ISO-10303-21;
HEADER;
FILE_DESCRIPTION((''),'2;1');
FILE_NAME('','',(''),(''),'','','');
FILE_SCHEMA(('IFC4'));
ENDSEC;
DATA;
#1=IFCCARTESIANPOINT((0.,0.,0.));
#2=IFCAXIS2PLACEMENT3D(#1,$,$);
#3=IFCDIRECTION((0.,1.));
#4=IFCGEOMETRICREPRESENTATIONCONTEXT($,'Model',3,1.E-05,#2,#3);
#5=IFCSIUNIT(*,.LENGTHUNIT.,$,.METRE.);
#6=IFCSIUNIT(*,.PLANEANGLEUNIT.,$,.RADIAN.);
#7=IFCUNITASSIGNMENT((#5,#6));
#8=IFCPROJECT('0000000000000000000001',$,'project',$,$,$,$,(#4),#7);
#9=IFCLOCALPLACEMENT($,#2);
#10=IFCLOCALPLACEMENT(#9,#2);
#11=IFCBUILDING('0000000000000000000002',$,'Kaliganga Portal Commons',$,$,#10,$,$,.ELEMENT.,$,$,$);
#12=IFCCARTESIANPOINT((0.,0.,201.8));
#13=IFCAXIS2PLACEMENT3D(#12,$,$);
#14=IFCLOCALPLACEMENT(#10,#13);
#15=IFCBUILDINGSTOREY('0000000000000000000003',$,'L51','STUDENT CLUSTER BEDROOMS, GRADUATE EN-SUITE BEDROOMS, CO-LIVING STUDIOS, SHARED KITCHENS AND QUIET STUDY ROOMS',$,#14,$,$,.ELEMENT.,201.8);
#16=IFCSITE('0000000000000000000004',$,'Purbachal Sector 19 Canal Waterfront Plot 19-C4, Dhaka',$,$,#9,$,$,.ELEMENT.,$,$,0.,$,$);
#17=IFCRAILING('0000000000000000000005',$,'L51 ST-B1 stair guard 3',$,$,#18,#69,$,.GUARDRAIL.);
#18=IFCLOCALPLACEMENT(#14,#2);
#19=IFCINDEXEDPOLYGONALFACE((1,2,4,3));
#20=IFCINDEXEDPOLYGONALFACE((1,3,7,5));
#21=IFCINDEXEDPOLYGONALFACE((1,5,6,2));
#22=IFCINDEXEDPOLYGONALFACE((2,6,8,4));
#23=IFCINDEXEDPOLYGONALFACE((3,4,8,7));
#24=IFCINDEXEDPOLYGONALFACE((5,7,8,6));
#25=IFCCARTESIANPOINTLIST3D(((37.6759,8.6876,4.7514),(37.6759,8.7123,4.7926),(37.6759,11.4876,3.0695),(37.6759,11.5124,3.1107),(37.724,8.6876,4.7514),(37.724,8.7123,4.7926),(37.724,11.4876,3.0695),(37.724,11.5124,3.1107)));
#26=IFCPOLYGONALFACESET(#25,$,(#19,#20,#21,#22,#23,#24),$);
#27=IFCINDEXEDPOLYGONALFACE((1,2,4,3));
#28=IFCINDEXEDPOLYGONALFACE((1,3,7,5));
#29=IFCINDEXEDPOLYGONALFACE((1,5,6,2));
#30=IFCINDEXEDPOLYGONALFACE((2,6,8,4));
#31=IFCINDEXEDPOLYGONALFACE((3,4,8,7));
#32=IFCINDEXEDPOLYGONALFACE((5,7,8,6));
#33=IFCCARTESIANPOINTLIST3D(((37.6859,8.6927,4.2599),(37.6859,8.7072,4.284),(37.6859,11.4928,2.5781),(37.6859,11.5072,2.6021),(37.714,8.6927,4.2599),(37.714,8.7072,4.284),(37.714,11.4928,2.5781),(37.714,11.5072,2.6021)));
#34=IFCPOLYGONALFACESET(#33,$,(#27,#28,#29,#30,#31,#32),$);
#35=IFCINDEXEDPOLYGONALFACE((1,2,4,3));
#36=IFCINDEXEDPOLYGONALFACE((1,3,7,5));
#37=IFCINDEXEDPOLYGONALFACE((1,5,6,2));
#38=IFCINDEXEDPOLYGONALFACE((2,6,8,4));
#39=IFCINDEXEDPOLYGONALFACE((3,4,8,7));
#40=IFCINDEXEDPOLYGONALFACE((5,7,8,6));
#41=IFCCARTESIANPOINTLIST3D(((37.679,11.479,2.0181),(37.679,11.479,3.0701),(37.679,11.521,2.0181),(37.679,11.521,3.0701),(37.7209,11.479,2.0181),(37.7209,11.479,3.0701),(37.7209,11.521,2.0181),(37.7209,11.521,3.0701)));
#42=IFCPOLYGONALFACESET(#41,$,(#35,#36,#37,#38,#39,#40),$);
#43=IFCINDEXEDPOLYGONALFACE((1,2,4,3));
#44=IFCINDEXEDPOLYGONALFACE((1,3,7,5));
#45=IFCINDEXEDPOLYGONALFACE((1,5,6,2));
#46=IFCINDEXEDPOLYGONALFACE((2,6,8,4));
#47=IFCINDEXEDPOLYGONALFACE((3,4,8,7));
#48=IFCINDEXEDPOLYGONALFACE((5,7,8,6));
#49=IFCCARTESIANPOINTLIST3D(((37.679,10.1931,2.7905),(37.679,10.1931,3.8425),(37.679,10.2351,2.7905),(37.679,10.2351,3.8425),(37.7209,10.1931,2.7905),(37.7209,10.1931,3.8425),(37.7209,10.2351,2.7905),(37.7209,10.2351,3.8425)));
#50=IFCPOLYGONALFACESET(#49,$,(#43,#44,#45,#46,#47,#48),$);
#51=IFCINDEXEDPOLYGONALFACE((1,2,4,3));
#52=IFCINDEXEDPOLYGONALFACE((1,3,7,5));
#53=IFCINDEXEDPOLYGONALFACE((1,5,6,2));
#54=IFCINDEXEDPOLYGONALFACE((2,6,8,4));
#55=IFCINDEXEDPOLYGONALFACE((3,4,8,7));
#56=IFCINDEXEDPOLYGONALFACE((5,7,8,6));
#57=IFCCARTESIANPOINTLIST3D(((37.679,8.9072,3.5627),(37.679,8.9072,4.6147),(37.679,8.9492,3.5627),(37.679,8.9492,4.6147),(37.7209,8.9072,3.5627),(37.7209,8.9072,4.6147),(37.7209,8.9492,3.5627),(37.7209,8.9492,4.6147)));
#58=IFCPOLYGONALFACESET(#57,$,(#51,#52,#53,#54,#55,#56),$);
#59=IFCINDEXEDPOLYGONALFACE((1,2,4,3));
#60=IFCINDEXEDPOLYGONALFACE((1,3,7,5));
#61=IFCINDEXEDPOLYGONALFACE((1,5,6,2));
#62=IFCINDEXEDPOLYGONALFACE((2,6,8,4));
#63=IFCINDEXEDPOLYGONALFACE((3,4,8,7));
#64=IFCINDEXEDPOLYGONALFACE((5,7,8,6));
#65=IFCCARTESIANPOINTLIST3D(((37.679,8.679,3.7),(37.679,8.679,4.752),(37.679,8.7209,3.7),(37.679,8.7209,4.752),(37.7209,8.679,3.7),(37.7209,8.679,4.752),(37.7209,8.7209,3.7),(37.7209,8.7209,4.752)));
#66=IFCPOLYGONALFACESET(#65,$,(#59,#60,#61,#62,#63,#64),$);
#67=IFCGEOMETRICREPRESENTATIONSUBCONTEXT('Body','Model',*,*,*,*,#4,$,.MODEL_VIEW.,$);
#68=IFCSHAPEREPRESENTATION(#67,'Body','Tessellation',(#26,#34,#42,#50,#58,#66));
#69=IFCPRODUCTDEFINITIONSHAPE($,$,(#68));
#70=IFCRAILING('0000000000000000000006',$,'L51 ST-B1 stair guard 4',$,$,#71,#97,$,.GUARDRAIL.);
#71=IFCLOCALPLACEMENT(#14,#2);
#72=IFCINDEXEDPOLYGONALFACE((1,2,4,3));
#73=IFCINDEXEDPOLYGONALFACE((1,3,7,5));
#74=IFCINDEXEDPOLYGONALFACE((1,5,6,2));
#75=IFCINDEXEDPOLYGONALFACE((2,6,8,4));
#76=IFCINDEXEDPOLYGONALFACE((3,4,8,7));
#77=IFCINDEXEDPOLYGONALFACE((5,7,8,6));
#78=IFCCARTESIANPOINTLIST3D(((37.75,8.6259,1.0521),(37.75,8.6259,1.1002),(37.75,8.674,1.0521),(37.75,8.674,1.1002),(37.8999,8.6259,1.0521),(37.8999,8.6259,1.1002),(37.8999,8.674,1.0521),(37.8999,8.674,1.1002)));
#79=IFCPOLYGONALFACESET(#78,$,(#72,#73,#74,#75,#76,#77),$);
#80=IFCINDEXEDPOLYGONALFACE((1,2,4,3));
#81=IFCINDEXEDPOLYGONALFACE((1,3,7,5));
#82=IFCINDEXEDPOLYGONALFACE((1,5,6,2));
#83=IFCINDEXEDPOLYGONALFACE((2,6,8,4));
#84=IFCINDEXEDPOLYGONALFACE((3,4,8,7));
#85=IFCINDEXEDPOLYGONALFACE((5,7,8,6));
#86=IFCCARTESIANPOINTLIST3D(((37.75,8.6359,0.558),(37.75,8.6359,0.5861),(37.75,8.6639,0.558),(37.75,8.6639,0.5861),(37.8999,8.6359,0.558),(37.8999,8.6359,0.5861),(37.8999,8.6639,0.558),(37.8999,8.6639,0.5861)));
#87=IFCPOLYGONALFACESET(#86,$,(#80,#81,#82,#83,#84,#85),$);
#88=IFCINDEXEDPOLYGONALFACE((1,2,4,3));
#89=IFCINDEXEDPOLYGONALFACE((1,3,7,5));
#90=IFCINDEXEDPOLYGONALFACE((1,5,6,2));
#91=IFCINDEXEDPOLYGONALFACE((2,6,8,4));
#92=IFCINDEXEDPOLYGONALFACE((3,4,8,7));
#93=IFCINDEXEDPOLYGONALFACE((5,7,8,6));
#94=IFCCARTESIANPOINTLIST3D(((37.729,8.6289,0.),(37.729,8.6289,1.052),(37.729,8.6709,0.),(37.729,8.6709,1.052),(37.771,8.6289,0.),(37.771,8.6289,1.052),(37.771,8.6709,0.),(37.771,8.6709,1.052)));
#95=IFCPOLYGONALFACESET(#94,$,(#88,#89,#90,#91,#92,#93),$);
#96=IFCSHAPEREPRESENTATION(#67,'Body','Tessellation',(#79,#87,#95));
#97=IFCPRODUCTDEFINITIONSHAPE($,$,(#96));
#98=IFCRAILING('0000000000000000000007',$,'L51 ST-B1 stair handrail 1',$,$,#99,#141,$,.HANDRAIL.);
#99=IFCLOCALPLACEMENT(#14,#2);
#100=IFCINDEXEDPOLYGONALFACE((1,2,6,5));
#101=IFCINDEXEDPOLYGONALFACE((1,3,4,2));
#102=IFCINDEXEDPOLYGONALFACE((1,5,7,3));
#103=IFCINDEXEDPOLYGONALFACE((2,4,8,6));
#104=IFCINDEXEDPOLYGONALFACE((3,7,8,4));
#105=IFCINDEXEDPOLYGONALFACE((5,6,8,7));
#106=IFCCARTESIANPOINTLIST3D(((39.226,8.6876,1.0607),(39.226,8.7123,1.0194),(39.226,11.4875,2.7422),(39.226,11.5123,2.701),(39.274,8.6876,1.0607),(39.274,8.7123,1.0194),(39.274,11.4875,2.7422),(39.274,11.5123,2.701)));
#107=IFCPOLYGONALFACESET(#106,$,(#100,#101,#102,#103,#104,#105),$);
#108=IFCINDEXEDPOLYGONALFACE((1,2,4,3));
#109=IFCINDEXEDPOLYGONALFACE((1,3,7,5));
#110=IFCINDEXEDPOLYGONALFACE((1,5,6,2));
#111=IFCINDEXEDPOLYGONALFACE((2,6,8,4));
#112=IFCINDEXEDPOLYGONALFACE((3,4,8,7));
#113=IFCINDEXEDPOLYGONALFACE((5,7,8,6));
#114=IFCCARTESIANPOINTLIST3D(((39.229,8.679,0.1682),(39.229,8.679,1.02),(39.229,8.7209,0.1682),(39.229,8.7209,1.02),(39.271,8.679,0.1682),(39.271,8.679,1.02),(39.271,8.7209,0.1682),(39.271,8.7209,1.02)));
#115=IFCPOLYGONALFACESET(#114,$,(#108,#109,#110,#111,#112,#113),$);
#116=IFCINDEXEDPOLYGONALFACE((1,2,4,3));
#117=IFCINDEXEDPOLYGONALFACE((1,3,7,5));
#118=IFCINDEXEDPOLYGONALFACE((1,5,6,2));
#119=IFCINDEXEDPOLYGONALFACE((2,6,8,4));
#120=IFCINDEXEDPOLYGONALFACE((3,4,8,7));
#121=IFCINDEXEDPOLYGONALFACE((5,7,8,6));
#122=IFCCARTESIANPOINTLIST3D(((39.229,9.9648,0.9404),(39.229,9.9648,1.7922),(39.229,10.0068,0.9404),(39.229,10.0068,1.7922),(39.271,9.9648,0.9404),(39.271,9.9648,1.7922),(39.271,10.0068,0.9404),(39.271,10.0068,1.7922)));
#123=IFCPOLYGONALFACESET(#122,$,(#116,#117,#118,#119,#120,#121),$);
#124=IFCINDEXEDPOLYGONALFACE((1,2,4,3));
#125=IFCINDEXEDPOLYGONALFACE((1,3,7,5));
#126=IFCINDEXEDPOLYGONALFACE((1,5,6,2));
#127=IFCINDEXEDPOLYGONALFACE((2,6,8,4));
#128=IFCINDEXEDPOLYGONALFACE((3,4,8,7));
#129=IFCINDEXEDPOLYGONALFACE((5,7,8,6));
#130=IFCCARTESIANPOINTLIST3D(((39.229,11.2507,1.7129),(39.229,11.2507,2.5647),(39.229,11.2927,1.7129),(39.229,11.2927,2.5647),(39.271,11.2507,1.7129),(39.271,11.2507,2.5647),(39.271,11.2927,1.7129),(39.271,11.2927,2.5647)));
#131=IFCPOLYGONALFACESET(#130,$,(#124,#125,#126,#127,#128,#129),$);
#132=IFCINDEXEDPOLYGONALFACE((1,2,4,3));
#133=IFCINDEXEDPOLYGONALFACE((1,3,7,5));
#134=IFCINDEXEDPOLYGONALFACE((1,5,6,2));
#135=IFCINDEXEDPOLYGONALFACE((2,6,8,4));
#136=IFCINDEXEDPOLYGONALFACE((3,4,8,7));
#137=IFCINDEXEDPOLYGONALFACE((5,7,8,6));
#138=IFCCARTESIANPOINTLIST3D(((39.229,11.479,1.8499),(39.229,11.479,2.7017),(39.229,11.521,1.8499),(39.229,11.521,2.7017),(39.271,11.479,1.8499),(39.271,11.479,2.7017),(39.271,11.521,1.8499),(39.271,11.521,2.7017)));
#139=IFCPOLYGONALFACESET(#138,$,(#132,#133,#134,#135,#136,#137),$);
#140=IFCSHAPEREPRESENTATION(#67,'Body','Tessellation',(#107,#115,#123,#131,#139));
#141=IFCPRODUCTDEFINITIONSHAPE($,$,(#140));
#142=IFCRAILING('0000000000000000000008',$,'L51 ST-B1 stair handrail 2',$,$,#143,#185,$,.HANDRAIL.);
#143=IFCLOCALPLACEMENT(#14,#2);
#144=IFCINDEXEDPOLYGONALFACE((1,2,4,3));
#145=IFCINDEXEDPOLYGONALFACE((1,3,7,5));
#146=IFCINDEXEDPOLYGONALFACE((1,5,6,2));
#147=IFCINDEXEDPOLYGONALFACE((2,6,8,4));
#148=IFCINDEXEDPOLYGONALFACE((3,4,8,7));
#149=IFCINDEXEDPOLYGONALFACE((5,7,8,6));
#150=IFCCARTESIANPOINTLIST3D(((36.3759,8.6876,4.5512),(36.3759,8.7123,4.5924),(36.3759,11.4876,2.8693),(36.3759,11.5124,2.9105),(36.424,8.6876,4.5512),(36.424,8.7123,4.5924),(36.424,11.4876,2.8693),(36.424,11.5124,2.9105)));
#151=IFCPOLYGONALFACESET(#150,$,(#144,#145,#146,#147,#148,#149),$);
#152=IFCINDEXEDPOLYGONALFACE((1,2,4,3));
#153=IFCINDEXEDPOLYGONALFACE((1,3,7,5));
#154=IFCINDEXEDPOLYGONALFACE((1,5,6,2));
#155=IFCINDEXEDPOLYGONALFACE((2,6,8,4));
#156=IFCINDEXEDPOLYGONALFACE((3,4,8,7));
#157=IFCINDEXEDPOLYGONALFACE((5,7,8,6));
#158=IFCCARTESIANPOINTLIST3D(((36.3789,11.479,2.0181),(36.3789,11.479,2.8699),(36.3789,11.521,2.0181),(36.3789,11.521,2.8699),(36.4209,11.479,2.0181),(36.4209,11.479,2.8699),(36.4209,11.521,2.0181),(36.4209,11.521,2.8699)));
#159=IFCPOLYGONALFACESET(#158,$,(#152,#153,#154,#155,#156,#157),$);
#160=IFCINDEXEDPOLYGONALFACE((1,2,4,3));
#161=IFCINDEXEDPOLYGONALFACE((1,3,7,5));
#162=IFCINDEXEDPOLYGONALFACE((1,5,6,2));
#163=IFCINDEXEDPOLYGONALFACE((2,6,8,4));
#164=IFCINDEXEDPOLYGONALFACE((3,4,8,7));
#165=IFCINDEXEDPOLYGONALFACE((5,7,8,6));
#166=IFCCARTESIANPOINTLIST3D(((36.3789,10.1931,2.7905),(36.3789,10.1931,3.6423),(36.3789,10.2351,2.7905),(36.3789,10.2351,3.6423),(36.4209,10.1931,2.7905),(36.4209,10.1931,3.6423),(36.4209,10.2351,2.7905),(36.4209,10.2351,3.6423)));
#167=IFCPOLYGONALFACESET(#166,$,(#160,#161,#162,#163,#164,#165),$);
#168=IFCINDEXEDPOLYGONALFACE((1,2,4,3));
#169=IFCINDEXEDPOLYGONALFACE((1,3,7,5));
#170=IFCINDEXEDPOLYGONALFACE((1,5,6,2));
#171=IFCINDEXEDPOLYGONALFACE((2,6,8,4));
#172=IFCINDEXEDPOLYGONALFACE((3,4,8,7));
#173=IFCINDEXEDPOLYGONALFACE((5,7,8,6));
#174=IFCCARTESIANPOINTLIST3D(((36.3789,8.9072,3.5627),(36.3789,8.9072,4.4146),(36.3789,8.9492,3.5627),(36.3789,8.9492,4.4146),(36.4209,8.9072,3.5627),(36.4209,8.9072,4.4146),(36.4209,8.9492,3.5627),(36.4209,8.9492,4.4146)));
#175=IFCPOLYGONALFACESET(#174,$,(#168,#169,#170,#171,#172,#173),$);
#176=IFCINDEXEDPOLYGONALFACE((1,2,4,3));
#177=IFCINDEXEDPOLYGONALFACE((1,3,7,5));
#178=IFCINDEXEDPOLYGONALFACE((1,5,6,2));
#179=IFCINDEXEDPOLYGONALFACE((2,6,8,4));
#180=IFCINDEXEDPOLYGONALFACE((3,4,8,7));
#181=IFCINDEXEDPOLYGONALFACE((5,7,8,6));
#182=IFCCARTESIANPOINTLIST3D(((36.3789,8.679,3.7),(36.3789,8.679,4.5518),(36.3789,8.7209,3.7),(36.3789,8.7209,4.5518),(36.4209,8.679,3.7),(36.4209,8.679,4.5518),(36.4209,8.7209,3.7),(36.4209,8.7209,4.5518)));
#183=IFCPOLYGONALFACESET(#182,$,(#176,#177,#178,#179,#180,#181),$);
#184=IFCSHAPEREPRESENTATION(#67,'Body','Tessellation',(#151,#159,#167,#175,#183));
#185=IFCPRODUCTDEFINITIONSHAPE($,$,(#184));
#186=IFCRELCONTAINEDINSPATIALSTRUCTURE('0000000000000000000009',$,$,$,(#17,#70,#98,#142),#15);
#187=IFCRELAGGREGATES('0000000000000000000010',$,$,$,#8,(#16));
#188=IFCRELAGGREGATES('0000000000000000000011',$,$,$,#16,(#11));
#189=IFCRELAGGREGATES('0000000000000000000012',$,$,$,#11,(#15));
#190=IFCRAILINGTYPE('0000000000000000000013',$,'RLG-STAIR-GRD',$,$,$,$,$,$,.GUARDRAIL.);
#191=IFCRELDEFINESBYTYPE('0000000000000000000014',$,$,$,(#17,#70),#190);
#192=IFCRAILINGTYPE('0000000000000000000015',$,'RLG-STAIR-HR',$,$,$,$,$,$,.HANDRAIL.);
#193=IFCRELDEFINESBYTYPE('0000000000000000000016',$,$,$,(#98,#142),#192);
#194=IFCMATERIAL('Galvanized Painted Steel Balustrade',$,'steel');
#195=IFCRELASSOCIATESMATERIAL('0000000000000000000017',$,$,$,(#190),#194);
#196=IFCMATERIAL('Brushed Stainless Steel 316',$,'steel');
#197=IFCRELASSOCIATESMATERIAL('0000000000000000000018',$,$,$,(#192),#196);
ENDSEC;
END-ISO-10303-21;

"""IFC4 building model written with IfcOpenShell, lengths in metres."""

from ifc_helpers import new_model, si_unit, direction, frame, origin, origin_2d, place, context, subcontext, project, spatial, rectangle, extrude, material, type_object, element, save


model = new_model("IFC4")

# Units and contexts
model_context = context("Model", 3, precision=1e-05, world=origin(), true_north=direction((0.0, 1.0)))
body_context = subcontext(model_context, "Body", "Model", "MODEL_VIEW")
ifc_project = project(units=[si_unit("LENGTHUNIT", "METRE"), si_unit("PLANEANGLEUNIT", "RADIAN")], contexts=[model_context])

# Site, building, storey
site_placement = place(None, origin())
site = spatial("IfcSite", under=ifc_project, at=site_placement, Name="Purbachal Sector 19 Canal Waterfront Plot 19-C4, Dhaka", CompositionType="ELEMENT", RefElevation=0.0)
building_placement = place(site_placement, origin())
building = spatial("IfcBuilding", under=site, at=building_placement, Name="Kaliganga Portal Commons", CompositionType="ELEMENT")
storey_placement = place(building_placement, frame((0.0, 0.0, 201.8)))
storey = spatial("IfcBuildingStorey", under=building, at=storey_placement, Name="L51", Description="STUDENT CLUSTER BEDROOMS, GRADUATE EN-SUITE BEDROOMS, CO-LIVING STUDIOS, SHARED KITCHENS AND QUIET STUDY ROOMS", CompositionType="ELEMENT", Elevation=201.8)

# Railings
ifc_material_1 = material(Name="Galvanized Painted Steel Balustrade", Category="steel")
railing_type_1 = type_object("IfcRailingType", Name="RLG-STAIR-GRD", PredefinedType="GUARDRAIL", material=ifc_material_1)
railing_1_placement = place(storey_placement, frame((37.7, 11.5, 2.0181)))
element("IfcRailing", 1, at=railing_1_placement, inside=storey, type_object=railing_type_1, Name="L51 ST-B1 stair guard 3", PredefinedType="GUARDRAIL", context=body_context, shape_type="SweptSolid", body=[
    extrude(rectangle(XDim=0.0481, YDim=0.0481, at=origin_2d()), frame((0.0, 0.0, 1.072), z_axis=(0.0, -0.857242, 0.514913), x_axis=(1.0, 0.0, 0.0)), (0.0, 0.0, 1.0), 3.2664),
    extrude(rectangle(XDim=0.0281, YDim=0.0281, at=origin_2d()), frame((0.0, 0.0, 0.572), z_axis=(0.0, -0.857242, 0.514913), x_axis=(1.0, 0.0, 0.0)), (0.0, 0.0, 1.0), 3.2664),
    extrude(rectangle(XDim=0.042, YDim=0.042, at=origin_2d()), origin(), (0.0, 0.0, 1.0), 1.052),
    extrude(rectangle(XDim=0.042, YDim=0.042, at=origin_2d()), frame((0.0, -1.2859, 0.7725)), (0.0, 0.0, 1.0), 1.052),
    extrude(rectangle(XDim=0.042, YDim=0.042, at=origin_2d()), frame((0.0, -2.5718, 1.5447)), (0.0, 0.0, 1.0), 1.052),
    extrude(rectangle(XDim=0.042, YDim=0.042, at=origin_2d()), frame((0.0, -2.8, 1.6819)), (0.0, 0.0, 1.0), 1.052),
])
railing_2_placement = place(storey_placement, frame((37.8999, 8.6499, 0.0)))
element("IfcRailing", 2, at=railing_2_placement, inside=storey, type_object=railing_type_1, Name="L51 ST-B1 stair guard 4", PredefinedType="GUARDRAIL", context=body_context, shape_type="SweptSolid", body=[
    extrude(rectangle(XDim=0.0481, YDim=0.0481, at=origin_2d()), frame((0.0, 0.0, 1.0762), z_axis=(-1.0, 0.0, 0.0), x_axis=(0.0, -1.0, 0.0)), (0.0, 0.0, 1.0), 0.1499),
    extrude(rectangle(XDim=0.0281, YDim=0.0281, at=origin_2d()), frame((0.0, 0.0, 0.572), z_axis=(-1.0, 0.0, 0.0), x_axis=(0.0, -1.0, 0.0)), (0.0, 0.0, 1.0), 0.1499),
    extrude(rectangle(XDim=0.042, YDim=0.042, at=origin_2d()), frame((-0.1499, 0.0, 0.0)), (0.0, 0.0, 1.0), 1.052),
])
ifc_material_2 = material(Name="Brushed Stainless Steel 316", Category="steel")
railing_type_2 = type_object("IfcRailingType", Name="RLG-STAIR-HR", PredefinedType="HANDRAIL", material=ifc_material_2)
railing_3_placement = place(storey_placement, frame((39.25, 8.7, 0.1682)))
element("IfcRailing", 3, at=railing_3_placement, inside=storey, type_object=railing_type_2, Name="L51 ST-B1 stair handrail 1", PredefinedType="HANDRAIL", context=body_context, shape_type="SweptSolid", body=[
    extrude(rectangle(XDim=0.0481, YDim=0.0481, at=origin_2d()), frame((0.0, 0.0, 0.8718), z_axis=(0.0, 0.857275, 0.514858), x_axis=(-1.0, 0.0, 0.0)), (0.0, 0.0, 1.0), 3.2661),
    extrude(rectangle(XDim=0.042, YDim=0.042, at=origin_2d()), origin(), (0.0, 0.0, 1.0), 0.8518),
    extrude(rectangle(XDim=0.042, YDim=0.042, at=origin_2d()), frame((0.0, 1.2859, 0.7722)), (0.0, 0.0, 1.0), 0.8518),
    extrude(rectangle(XDim=0.042, YDim=0.042, at=origin_2d()), frame((0.0, 2.5718, 1.5447)), (0.0, 0.0, 1.0), 0.8518),
    extrude(rectangle(XDim=0.042, YDim=0.042, at=origin_2d()), frame((0.0, 2.8, 1.6816)), (0.0, 0.0, 1.0), 0.8518),
])
railing_4_placement = place(storey_placement, frame((36.3999, 11.5, 2.0181)))
element("IfcRailing", 4, at=railing_4_placement, inside=storey, type_object=railing_type_2, Name="L51 ST-B1 stair handrail 2", PredefinedType="HANDRAIL", context=body_context, shape_type="SweptSolid", body=[
    extrude(rectangle(XDim=0.0481, YDim=0.0481, at=origin_2d()), frame((0.0, 0.0, 0.8718), z_axis=(0.0, -0.857242, 0.514913), x_axis=(1.0, 0.0, 0.0)), (0.0, 0.0, 1.0), 3.2664),
    extrude(rectangle(XDim=0.042, YDim=0.042, at=origin_2d()), origin(), (0.0, 0.0, 1.0), 0.8518),
    extrude(rectangle(XDim=0.042, YDim=0.042, at=origin_2d()), frame((0.0, -1.2859, 0.7725)), (0.0, 0.0, 1.0), 0.8518),
    extrude(rectangle(XDim=0.042, YDim=0.042, at=origin_2d()), frame((0.0, -2.5718, 1.5447)), (0.0, 0.0, 1.0), 0.8518),
    extrude(rectangle(XDim=0.042, YDim=0.042, at=origin_2d()), frame((0.0, -2.8, 1.6819)), (0.0, 0.0, 1.0), 0.8518),
])

save(model, "model.ifc")
